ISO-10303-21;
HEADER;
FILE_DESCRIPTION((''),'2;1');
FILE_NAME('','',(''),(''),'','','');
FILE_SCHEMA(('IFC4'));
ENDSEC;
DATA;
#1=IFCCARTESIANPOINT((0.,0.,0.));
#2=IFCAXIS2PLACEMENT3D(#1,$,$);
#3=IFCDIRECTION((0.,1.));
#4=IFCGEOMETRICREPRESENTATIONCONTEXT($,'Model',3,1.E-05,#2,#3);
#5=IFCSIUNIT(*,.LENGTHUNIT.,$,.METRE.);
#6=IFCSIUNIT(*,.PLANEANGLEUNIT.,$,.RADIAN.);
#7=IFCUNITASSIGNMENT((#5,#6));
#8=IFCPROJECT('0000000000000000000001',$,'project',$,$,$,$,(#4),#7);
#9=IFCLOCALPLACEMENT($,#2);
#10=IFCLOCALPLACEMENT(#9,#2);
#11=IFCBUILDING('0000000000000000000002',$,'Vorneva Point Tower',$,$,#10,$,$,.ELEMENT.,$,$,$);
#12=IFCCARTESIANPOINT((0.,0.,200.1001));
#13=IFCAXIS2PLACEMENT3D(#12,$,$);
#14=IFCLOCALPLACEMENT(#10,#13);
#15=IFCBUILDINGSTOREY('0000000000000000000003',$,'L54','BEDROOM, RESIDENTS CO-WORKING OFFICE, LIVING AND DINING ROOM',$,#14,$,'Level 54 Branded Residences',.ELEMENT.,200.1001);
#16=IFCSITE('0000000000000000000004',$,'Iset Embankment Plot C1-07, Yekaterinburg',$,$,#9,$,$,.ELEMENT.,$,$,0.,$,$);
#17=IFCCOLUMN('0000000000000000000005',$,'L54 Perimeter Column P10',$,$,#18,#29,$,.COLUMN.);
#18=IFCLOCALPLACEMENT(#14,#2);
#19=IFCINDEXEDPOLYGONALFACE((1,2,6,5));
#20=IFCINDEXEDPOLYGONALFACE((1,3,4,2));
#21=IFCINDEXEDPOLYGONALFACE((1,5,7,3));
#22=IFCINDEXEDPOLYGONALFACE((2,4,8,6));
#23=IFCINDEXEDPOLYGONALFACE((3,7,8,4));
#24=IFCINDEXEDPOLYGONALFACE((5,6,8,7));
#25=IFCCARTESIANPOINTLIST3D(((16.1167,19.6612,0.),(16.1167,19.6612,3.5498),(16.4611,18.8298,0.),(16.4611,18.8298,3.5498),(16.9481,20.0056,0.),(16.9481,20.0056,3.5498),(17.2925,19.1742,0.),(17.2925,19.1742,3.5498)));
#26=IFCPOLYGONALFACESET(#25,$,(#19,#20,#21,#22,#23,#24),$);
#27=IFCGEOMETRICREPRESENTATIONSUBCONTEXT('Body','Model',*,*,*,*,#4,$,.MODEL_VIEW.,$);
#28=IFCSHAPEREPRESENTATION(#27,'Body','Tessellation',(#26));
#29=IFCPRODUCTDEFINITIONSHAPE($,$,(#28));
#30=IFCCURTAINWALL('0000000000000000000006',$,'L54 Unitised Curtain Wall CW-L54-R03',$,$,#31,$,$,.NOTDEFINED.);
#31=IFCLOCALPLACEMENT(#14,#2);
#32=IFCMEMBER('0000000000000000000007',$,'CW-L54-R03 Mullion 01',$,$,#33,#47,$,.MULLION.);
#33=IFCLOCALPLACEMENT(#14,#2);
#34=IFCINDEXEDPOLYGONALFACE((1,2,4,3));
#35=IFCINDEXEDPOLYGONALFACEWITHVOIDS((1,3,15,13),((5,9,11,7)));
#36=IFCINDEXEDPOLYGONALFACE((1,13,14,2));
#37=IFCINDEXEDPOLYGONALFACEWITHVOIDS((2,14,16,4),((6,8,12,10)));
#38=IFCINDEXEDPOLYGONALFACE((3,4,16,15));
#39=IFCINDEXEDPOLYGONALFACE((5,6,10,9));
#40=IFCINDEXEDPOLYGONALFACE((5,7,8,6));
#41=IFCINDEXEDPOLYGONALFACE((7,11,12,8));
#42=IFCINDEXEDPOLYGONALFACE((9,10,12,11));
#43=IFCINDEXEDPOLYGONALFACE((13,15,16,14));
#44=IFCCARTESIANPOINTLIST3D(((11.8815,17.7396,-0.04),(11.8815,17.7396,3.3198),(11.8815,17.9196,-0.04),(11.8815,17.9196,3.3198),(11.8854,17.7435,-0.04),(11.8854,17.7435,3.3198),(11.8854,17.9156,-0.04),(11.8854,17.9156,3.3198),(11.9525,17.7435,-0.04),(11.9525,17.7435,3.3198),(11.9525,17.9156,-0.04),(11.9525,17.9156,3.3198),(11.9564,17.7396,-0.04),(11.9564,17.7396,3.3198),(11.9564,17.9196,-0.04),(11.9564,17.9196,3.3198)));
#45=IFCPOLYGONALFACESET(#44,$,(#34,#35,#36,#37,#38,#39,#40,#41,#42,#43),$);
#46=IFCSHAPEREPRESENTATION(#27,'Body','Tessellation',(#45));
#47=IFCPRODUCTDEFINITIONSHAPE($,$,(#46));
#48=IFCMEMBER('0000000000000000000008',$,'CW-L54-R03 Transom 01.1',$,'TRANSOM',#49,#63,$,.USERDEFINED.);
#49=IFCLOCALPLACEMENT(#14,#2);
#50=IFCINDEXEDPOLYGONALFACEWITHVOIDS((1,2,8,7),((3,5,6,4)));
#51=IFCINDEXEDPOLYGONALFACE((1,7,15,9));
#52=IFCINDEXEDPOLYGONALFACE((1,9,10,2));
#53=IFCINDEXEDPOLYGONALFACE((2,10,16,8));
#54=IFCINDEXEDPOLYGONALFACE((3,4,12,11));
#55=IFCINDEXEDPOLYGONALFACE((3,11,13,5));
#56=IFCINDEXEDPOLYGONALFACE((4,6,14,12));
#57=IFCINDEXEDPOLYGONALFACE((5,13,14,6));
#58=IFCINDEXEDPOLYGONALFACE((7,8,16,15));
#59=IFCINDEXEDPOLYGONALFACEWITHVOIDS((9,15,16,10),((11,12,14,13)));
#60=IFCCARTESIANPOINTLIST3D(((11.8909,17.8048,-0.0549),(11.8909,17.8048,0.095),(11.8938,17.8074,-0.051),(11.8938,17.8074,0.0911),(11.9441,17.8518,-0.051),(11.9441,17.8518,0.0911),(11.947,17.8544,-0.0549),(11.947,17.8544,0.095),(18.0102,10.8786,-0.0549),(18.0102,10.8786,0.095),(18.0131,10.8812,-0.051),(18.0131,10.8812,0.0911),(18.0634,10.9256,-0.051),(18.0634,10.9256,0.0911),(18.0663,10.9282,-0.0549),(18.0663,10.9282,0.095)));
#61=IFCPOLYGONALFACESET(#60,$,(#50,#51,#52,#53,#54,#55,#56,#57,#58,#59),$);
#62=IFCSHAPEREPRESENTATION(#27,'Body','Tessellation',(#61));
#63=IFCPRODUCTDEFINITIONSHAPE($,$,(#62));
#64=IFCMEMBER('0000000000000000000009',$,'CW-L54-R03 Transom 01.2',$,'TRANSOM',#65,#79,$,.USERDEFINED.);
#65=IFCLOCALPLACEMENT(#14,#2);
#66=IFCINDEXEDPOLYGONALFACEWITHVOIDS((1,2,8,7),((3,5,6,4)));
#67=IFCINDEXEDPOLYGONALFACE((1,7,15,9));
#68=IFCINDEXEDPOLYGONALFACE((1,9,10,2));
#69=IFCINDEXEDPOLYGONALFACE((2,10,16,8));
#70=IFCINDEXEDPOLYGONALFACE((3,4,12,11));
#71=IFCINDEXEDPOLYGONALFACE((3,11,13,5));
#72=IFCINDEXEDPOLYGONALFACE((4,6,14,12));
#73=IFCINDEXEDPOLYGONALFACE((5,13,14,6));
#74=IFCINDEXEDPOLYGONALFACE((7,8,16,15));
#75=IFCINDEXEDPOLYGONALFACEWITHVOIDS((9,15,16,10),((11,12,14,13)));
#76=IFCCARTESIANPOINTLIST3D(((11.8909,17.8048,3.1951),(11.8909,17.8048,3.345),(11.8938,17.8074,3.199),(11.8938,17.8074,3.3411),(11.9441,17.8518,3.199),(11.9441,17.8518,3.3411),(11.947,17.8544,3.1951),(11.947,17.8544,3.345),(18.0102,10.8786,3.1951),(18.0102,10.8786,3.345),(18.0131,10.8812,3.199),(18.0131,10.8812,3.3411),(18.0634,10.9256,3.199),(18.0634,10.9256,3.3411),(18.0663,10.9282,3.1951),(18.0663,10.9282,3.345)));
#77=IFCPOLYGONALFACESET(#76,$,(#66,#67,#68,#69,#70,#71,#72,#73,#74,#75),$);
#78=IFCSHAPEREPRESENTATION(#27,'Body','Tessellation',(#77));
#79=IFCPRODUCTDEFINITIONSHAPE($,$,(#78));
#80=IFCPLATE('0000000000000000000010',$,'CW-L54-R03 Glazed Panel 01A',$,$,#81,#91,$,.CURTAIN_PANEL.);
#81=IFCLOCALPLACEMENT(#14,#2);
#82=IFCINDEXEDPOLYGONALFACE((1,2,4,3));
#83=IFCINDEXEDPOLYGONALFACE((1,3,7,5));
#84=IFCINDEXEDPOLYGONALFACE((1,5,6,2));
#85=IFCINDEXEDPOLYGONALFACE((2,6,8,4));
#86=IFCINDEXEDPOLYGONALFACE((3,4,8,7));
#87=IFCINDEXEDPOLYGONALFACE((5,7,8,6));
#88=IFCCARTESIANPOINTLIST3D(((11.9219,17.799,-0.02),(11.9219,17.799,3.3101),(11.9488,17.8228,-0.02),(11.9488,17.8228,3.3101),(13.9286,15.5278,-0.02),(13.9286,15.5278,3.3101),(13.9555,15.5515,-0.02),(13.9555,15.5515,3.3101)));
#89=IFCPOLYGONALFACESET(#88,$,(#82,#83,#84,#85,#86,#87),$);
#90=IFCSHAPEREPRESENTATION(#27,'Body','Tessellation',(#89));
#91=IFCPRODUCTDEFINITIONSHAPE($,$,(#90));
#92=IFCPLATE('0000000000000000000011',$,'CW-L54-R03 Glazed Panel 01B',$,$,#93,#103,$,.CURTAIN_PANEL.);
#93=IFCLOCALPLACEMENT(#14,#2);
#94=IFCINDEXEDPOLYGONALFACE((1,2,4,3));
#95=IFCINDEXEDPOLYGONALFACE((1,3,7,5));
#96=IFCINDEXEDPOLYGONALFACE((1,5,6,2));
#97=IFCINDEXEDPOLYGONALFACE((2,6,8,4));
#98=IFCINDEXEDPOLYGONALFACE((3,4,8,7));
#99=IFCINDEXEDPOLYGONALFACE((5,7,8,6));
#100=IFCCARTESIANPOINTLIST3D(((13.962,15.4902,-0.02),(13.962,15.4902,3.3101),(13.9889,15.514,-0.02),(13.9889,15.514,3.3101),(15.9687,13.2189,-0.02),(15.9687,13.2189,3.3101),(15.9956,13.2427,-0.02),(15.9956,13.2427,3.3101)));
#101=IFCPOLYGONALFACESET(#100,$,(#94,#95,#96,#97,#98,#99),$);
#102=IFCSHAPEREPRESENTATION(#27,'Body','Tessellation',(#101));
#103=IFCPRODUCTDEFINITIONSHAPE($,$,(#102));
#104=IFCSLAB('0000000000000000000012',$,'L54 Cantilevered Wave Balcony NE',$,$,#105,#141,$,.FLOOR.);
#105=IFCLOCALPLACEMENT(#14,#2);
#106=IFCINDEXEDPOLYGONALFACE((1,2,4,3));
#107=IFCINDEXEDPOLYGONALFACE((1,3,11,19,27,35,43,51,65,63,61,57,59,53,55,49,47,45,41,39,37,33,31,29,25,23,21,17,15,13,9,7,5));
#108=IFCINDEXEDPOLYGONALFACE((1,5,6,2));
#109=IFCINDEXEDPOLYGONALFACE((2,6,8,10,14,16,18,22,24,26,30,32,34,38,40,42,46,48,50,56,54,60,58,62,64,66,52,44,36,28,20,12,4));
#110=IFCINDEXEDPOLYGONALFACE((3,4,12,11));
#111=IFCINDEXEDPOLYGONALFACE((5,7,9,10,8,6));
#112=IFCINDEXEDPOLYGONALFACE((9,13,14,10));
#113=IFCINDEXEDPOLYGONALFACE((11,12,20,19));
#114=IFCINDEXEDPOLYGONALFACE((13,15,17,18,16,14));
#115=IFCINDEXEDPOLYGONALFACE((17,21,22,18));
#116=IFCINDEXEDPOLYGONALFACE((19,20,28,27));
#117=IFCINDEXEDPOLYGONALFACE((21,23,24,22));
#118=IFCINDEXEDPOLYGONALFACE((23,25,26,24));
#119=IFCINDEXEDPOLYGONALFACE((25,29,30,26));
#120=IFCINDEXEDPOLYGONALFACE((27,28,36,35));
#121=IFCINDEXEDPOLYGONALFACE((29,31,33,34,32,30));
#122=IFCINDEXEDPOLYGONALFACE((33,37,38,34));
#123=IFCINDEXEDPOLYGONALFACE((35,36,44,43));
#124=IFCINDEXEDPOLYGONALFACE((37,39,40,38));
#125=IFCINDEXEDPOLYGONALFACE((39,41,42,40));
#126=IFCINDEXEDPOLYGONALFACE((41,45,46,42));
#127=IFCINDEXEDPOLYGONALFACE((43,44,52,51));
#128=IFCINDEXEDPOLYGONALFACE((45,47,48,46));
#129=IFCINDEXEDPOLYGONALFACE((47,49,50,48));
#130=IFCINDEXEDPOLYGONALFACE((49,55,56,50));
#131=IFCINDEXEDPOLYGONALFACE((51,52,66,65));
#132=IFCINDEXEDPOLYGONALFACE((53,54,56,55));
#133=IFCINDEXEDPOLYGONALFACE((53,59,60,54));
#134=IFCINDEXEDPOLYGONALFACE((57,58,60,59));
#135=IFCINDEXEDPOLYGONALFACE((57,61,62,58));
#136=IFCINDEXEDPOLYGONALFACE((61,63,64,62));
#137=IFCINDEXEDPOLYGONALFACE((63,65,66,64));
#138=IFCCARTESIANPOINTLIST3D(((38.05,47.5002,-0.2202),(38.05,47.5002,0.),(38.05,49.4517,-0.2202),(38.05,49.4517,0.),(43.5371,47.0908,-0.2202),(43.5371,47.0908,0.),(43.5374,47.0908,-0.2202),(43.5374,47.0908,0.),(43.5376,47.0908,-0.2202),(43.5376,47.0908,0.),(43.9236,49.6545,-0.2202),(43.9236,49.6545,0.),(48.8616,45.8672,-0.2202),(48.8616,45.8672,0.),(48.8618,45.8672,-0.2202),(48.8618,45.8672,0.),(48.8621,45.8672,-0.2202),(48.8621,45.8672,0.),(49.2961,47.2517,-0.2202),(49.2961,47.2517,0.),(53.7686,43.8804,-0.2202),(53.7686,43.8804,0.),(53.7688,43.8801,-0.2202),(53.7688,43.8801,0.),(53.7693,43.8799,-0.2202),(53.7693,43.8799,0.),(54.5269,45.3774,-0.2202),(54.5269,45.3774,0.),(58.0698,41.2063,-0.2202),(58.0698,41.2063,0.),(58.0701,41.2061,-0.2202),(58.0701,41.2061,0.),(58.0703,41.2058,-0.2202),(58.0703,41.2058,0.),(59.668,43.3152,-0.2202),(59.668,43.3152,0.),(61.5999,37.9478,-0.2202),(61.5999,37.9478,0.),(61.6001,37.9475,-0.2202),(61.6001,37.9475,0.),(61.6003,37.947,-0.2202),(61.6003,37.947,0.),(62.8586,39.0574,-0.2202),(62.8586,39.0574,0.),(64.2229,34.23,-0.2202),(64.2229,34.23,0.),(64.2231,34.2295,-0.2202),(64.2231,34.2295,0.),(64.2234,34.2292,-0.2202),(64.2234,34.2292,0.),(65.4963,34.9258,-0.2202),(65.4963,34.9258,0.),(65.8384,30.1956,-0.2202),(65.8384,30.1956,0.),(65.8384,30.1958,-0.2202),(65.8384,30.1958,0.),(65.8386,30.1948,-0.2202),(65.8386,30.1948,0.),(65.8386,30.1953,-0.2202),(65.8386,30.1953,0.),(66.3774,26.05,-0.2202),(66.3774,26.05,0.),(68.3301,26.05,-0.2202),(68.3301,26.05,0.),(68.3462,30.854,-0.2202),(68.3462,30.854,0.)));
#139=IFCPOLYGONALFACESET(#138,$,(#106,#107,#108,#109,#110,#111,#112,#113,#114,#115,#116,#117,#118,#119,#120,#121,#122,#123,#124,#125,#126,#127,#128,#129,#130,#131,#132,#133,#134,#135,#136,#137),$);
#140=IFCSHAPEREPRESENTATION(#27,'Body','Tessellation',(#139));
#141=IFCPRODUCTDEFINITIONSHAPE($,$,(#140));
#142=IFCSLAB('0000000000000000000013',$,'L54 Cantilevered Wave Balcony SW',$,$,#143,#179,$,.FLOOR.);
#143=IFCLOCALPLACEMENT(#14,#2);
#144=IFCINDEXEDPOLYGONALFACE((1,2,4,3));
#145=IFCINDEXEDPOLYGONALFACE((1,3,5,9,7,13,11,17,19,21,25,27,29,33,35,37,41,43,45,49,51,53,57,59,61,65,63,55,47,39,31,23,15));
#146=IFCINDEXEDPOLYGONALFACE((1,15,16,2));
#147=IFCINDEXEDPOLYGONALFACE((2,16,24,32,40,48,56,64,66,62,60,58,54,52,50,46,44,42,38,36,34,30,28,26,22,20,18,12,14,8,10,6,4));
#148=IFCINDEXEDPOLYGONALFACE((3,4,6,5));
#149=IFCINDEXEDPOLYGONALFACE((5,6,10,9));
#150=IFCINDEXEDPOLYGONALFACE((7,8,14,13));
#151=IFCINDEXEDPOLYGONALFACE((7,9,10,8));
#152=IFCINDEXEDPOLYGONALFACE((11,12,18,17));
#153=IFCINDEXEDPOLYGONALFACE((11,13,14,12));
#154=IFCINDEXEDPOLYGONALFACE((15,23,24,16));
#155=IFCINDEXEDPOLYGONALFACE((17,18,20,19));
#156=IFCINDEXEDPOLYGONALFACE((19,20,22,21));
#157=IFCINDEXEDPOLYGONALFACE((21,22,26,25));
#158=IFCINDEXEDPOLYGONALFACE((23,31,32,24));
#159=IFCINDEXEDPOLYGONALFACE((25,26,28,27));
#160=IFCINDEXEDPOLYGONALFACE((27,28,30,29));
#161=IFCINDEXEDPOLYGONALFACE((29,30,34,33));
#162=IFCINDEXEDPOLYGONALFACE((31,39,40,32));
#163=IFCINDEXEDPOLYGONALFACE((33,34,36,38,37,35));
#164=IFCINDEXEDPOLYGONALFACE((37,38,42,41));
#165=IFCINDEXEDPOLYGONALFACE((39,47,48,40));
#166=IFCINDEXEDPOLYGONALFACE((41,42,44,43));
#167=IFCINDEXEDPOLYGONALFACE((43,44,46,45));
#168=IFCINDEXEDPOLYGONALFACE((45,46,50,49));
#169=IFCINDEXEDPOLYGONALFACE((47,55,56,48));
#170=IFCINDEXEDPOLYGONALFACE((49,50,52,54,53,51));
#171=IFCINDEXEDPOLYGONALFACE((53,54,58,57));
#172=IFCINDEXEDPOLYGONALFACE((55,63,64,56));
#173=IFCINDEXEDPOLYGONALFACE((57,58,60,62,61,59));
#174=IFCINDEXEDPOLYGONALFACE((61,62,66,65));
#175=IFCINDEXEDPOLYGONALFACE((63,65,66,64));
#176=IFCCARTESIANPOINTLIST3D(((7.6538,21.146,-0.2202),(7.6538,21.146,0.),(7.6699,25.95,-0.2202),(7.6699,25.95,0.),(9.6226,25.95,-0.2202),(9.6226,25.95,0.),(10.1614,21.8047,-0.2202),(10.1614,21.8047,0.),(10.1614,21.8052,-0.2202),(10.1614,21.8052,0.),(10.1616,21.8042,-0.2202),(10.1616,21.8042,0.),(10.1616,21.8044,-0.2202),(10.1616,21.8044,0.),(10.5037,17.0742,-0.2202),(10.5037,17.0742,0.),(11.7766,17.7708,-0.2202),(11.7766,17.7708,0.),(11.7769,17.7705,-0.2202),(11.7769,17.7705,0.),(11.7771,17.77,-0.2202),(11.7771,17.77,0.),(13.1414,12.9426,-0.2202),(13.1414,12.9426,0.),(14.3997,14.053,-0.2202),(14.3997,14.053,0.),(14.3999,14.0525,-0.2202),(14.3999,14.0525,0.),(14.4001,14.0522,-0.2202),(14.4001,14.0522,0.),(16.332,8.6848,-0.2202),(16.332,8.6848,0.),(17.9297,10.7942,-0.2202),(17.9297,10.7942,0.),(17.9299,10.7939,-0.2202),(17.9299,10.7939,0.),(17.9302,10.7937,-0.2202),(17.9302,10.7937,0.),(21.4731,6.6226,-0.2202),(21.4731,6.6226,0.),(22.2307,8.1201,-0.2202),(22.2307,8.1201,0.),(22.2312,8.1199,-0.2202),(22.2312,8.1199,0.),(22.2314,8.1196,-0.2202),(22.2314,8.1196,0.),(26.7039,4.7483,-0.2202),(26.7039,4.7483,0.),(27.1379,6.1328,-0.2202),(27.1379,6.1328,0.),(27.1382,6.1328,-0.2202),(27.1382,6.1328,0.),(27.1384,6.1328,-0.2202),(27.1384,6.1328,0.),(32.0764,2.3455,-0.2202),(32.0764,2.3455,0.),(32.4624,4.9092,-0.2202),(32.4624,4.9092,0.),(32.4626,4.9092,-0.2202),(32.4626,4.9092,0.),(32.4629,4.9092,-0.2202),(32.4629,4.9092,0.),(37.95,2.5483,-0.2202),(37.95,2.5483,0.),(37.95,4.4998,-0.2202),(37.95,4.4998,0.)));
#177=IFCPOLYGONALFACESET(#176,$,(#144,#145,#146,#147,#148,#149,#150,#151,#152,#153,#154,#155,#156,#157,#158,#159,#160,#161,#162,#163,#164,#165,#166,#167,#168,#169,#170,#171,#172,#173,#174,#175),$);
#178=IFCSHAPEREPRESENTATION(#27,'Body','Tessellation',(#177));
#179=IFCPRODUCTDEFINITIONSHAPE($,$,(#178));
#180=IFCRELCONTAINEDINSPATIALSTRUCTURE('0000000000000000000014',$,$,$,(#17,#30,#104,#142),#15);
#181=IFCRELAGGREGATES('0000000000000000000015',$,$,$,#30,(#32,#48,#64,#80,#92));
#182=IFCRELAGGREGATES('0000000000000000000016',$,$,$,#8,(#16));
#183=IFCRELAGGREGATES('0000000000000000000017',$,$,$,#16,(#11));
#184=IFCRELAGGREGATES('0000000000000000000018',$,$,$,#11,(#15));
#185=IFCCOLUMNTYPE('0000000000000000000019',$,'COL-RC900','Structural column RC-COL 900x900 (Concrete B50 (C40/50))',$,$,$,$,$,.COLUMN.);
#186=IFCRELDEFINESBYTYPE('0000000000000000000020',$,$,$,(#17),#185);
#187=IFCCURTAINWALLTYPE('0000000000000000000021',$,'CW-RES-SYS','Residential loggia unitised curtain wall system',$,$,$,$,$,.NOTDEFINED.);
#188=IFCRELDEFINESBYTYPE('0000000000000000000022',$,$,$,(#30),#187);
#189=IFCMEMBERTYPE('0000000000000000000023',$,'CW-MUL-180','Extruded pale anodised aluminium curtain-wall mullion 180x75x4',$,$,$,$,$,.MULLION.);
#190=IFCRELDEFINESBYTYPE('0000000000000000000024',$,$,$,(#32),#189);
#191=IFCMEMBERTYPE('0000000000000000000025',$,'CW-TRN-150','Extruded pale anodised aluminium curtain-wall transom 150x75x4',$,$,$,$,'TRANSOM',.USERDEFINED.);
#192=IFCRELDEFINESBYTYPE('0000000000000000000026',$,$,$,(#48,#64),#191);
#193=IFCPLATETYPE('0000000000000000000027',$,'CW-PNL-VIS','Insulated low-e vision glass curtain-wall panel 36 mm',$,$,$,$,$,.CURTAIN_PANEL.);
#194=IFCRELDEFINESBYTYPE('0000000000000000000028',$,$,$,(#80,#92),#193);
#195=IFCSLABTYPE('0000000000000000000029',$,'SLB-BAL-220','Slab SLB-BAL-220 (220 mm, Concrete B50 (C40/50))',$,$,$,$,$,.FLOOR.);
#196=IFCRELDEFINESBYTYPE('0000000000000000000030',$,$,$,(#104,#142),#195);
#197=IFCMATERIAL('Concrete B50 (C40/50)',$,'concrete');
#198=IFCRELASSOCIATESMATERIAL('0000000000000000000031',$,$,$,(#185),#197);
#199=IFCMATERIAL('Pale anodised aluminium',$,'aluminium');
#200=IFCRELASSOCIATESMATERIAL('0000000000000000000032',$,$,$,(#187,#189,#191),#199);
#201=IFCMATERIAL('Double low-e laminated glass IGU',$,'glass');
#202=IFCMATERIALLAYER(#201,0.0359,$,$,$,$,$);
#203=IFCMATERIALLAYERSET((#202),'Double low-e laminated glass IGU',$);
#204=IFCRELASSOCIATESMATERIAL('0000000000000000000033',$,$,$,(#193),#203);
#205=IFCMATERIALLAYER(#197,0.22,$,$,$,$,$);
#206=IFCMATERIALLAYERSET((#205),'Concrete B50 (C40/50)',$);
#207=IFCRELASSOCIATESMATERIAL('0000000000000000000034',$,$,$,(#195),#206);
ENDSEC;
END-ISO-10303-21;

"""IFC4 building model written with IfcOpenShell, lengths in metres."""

from ifc_helpers import new_model, si_unit, direction, frame, origin, origin_2d, place, context, subcontext, project, spatial, polyline, rectangle, hollow_rectangle, outline, extrude, material, layer, layer_set, material_profile, profile_set, type_object, element, aggregate, save


model = new_model("IFC4")

# Units and contexts
model_context = context("Model", 3, precision=1e-05, world=origin(), true_north=direction((0.0, 1.0)))
body_context = subcontext(model_context, "Body", "Model", "MODEL_VIEW")
ifc_project = project(units=[si_unit("LENGTHUNIT", "METRE"), si_unit("PLANEANGLEUNIT", "RADIAN")], contexts=[model_context])

# Site, building, storey
site_placement = place(None, origin())
site = spatial("IfcSite", under=ifc_project, at=site_placement, Name="Iset Embankment Plot C1-07, Yekaterinburg", CompositionType="ELEMENT", RefElevation=0.0)
building_placement = place(site_placement, origin())
building = spatial("IfcBuilding", under=site, at=building_placement, Name="Vorneva Point Tower", CompositionType="ELEMENT")
storey_placement = place(building_placement, frame((0.0, 0.0, 200.1001)))
storey = spatial("IfcBuildingStorey", under=building, at=storey_placement, Name="L54", Description="BEDROOM, RESIDENTS CO-WORKING OFFICE, LIVING AND DINING ROOM", LongName="Level 54 Branded Residences", CompositionType="ELEMENT", Elevation=200.1001)

# Column
ifc_material_1 = material(Name="Concrete B50 (C40/50)", Category="concrete")
ifc_material_profile_1 = material_profile(ifc_material_1, rectangle(XDim=0.8999, YDim=0.8999, at=origin_2d()), Name="RC-COL 900x900")
ifc_profile_set_1 = profile_set([ifc_material_profile_1], Name="Concrete B50 (C40/50)")
column_type = type_object("IfcColumnType", Name="COL-RC900", Description="Structural column RC-COL 900x900 (Concrete B50 (C40/50))", PredefinedType="COLUMN", material=ifc_profile_set_1)
column_placement = place(storey_placement, frame((16.7046, 19.4177, 0.0), z_axis=(0.0, 0.0, 1.0), x_axis=(-0.92388, -0.382683, 0.0)))
element("IfcColumn", 1, at=column_placement, inside=storey, type_object=column_type, Name="L54 Perimeter Column P10", PredefinedType="COLUMN", context=body_context, shape_type="SweptSolid", body=[
    extrude(rectangle(XDim=0.8999, YDim=0.8999, at=origin_2d()), origin(), (0.0, 0.0, 1.0), 3.5498),
])

# Curtain wall, members, plates
ifc_material_2 = material(Name="Pale anodised aluminium", Category="aluminium")
curtain_wall_type = type_object("IfcCurtainWallType", Name="CW-RES-SYS", Description="Residential loggia unitised curtain wall system", PredefinedType="NOTDEFINED", material=ifc_material_2)
curtain_wall_placement = place(storey_placement, origin())
curtain_wall = element("IfcCurtainWall", 2, at=curtain_wall_placement, inside=storey, type_object=curtain_wall_type, Name="L54 Unitised Curtain Wall CW-L54-R03", PredefinedType="NOTDEFINED")
ifc_material_profile_2 = material_profile(ifc_material_2, hollow_rectangle(XDim=0.075, YDim=0.1799, WallThickness=0.0039, at=origin_2d()), Name="AL-MUL 180x75x4")
ifc_profile_set_2 = profile_set([ifc_material_profile_2], Name="Pale anodised aluminium")
member_type_1 = type_object("IfcMemberType", Name="CW-MUL-180", Description="Extruded pale anodised aluminium curtain-wall mullion 180x75x4", PredefinedType="MULLION", material=ifc_profile_set_2)
member_1_placement = place(storey_placement, frame((11.9189, 17.8296, -0.04), z_axis=(0.0, 0.0, 1.0), x_axis=(1.0, 0.0, 0.0)))
member_1 = element("IfcMember", 3, at=member_1_placement, type_object=member_type_1, Name="CW-L54-R03 Mullion 01", PredefinedType="MULLION", context=body_context, shape_type="SweptSolid", body=[
    extrude(hollow_rectangle(XDim=0.075, YDim=0.1799, WallThickness=0.0039, at=origin_2d()), origin(), (0.0, 0.0, 1.0), 3.3599),
])
ifc_material_profile_3 = material_profile(ifc_material_2, hollow_rectangle(XDim=0.075, YDim=0.1499, WallThickness=0.0039, at=origin_2d()), Name="AL-TRN 150x75x4")
ifc_profile_set_3 = profile_set([ifc_material_profile_3], Name="Pale anodised aluminium")
member_type_2 = type_object("IfcMemberType", Name="CW-TRN-150", Description="Extruded pale anodised aluminium curtain-wall transom 150x75x4", ElementType="TRANSOM", PredefinedType="USERDEFINED", material=ifc_profile_set_3)
member_2_placement = place(storey_placement, frame((11.9189, 17.8296, 0.02), z_axis=(0.662106, -0.74941, 0.0), x_axis=(0.74941, 0.662106, 0.0)))
member_2 = element("IfcMember", 4, at=member_2_placement, type_object=member_type_2, Name="CW-L54-R03 Transom 01.1", ObjectType="TRANSOM", PredefinedType="USERDEFINED", context=body_context, shape_type="SweptSolid", body=[
    extrude(hollow_rectangle(XDim=0.075, YDim=0.1499, WallThickness=0.0039, at=origin_2d()), origin(), (0.0, 0.0, 1.0), 9.2422),
])
member_3_placement = place(storey_placement, frame((11.9189, 17.8296, 3.27), z_axis=(0.662106, -0.74941, 0.0), x_axis=(0.74941, 0.662106, 0.0)))
member_3 = element("IfcMember", 5, at=member_3_placement, type_object=member_type_2, Name="CW-L54-R03 Transom 01.2", ObjectType="TRANSOM", PredefinedType="USERDEFINED", context=body_context, shape_type="SweptSolid", body=[
    extrude(hollow_rectangle(XDim=0.075, YDim=0.1499, WallThickness=0.0039, at=origin_2d()), origin(), (0.0, 0.0, 1.0), 9.2422),
])
ifc_material_3 = material(Name="Double low-e laminated glass IGU", Category="glass")
ifc_layer_1 = layer(ifc_material_3, 0.0359)
ifc_layer_set_1 = layer_set([ifc_layer_1], Name="Double low-e laminated glass IGU")
plate_type = type_object("IfcPlateType", Name="CW-PNL-VIS", Description="Insulated low-e vision glass curtain-wall panel 36 mm", PredefinedType="CURTAIN_PANEL", material=ifc_layer_set_1)
plate_1_placement = place(storey_placement, frame((12.9387, 16.6753, -0.02), z_axis=(0.0, 0.0, 1.0), x_axis=(0.66211, -0.749407, 0.0)))
plate_1 = element("IfcPlate", 6, at=plate_1_placement, type_object=plate_type, Name="CW-L54-R03 Glazed Panel 01A", PredefinedType="CURTAIN_PANEL", context=body_context, shape_type="SweptSolid", body=[
    extrude(rectangle(XDim=3.0308, YDim=0.0359, at=origin_2d()), origin(), (0.0, 0.0, 1.0), 3.3301),
])
plate_2_placement = place(storey_placement, frame((14.9788, 14.3665, -0.02), z_axis=(0.0, 0.0, 1.0), x_axis=(0.66211, -0.749407, 0.0)))
plate_2 = element("IfcPlate", 7, at=plate_2_placement, type_object=plate_type, Name="CW-L54-R03 Glazed Panel 01B", PredefinedType="CURTAIN_PANEL", context=body_context, shape_type="SweptSolid", body=[
    extrude(rectangle(XDim=3.0308, YDim=0.0359, at=origin_2d()), origin(), (0.0, 0.0, 1.0), 3.3301),
])
aggregate(curtain_wall, [member_1, member_2, member_3, plate_1, plate_2])

# Slabs
ifc_layer_2 = layer(ifc_material_1, 0.22)
ifc_layer_set_2 = layer_set([ifc_layer_2], Name="Concrete B50 (C40/50)")
slab_type_1 = type_object("IfcSlabType", Name="SLB-BAL-220", Description="Slab SLB-BAL-220 (220 mm, Concrete B50 (C40/50))", PredefinedType="FLOOR", material=ifc_layer_set_2)
slab_1_placement = place(storey_placement, frame((0.0, 0.0, -0.2202)))
element("IfcSlab", 8, at=slab_1_placement, inside=storey, type_object=slab_type_1, Name="L54 Cantilevered Wave Balcony NE", PredefinedType="FLOOR", context=body_context, shape_type="SweptSolid", body=[
    extrude(outline(polyline([(38.05, 49.4517), (38.05, 47.5002), (43.5371, 47.0908), (43.5374, 47.0908), (43.5376, 47.0908), (48.8616, 45.8672), (48.8618, 45.8672), (48.8621, 45.8672), (53.7686, 43.8804), (53.7688, 43.8801), (53.7693, 43.8799), (58.0698, 41.2063), (58.0701, 41.2061), (58.0703, 41.2058), (61.5999, 37.9478), (61.6001, 37.9475), (61.6003, 37.947), (64.2229, 34.23), (64.2231, 34.2295), (64.2234, 34.2292), (65.8384, 30.1958), (65.8384, 30.1956), (65.8386, 30.1953), (65.8386, 30.1948), (66.3774, 26.05), (68.3301, 26.05), (68.3462, 30.854), (65.4963, 34.9258), (62.8586, 39.0574), (59.668, 43.3152), (54.5269, 45.3774), (49.2961, 47.2517), (43.9236, 49.6545), (38.05, 49.4517)])), origin(), (0.0, 0.0, 1.0), 0.2202),
])
slab_2_placement = place(storey_placement, frame((0.0, 0.0, -0.2202)))
element("IfcSlab", 9, at=slab_2_placement, inside=storey, type_object=slab_type_1, Name="L54 Cantilevered Wave Balcony SW", PredefinedType="FLOOR", context=body_context, shape_type="SweptSolid", body=[
    extrude(outline(polyline([(37.95, 2.5483), (37.95, 4.4998), (32.4629, 4.9092), (32.4626, 4.9092), (32.4624, 4.9092), (27.1384, 6.1328), (27.1382, 6.1328), (27.1379, 6.1328), (22.2314, 8.1196), (22.2312, 8.1199), (22.2307, 8.1201), (17.9302, 10.7937), (17.9299, 10.7939), (17.9297, 10.7942), (14.4001, 14.0522), (14.3999, 14.0525), (14.3997, 14.053), (11.7771, 17.77), (11.7769, 17.7705), (11.7766, 17.7708), (10.1616, 21.8042), (10.1616, 21.8044), (10.1614, 21.8047), (10.1614, 21.8052), (9.6226, 25.95), (7.6699, 25.95), (7.6538, 21.146), (10.5037, 17.0742), (13.1414, 12.9426), (16.332, 8.6848), (21.4731, 6.6226), (26.7039, 4.7483), (32.0764, 2.3455), (37.95, 2.5483)])), origin(), (0.0, 0.0, 1.0), 0.2202),
])

save(model, "model.ifc")
